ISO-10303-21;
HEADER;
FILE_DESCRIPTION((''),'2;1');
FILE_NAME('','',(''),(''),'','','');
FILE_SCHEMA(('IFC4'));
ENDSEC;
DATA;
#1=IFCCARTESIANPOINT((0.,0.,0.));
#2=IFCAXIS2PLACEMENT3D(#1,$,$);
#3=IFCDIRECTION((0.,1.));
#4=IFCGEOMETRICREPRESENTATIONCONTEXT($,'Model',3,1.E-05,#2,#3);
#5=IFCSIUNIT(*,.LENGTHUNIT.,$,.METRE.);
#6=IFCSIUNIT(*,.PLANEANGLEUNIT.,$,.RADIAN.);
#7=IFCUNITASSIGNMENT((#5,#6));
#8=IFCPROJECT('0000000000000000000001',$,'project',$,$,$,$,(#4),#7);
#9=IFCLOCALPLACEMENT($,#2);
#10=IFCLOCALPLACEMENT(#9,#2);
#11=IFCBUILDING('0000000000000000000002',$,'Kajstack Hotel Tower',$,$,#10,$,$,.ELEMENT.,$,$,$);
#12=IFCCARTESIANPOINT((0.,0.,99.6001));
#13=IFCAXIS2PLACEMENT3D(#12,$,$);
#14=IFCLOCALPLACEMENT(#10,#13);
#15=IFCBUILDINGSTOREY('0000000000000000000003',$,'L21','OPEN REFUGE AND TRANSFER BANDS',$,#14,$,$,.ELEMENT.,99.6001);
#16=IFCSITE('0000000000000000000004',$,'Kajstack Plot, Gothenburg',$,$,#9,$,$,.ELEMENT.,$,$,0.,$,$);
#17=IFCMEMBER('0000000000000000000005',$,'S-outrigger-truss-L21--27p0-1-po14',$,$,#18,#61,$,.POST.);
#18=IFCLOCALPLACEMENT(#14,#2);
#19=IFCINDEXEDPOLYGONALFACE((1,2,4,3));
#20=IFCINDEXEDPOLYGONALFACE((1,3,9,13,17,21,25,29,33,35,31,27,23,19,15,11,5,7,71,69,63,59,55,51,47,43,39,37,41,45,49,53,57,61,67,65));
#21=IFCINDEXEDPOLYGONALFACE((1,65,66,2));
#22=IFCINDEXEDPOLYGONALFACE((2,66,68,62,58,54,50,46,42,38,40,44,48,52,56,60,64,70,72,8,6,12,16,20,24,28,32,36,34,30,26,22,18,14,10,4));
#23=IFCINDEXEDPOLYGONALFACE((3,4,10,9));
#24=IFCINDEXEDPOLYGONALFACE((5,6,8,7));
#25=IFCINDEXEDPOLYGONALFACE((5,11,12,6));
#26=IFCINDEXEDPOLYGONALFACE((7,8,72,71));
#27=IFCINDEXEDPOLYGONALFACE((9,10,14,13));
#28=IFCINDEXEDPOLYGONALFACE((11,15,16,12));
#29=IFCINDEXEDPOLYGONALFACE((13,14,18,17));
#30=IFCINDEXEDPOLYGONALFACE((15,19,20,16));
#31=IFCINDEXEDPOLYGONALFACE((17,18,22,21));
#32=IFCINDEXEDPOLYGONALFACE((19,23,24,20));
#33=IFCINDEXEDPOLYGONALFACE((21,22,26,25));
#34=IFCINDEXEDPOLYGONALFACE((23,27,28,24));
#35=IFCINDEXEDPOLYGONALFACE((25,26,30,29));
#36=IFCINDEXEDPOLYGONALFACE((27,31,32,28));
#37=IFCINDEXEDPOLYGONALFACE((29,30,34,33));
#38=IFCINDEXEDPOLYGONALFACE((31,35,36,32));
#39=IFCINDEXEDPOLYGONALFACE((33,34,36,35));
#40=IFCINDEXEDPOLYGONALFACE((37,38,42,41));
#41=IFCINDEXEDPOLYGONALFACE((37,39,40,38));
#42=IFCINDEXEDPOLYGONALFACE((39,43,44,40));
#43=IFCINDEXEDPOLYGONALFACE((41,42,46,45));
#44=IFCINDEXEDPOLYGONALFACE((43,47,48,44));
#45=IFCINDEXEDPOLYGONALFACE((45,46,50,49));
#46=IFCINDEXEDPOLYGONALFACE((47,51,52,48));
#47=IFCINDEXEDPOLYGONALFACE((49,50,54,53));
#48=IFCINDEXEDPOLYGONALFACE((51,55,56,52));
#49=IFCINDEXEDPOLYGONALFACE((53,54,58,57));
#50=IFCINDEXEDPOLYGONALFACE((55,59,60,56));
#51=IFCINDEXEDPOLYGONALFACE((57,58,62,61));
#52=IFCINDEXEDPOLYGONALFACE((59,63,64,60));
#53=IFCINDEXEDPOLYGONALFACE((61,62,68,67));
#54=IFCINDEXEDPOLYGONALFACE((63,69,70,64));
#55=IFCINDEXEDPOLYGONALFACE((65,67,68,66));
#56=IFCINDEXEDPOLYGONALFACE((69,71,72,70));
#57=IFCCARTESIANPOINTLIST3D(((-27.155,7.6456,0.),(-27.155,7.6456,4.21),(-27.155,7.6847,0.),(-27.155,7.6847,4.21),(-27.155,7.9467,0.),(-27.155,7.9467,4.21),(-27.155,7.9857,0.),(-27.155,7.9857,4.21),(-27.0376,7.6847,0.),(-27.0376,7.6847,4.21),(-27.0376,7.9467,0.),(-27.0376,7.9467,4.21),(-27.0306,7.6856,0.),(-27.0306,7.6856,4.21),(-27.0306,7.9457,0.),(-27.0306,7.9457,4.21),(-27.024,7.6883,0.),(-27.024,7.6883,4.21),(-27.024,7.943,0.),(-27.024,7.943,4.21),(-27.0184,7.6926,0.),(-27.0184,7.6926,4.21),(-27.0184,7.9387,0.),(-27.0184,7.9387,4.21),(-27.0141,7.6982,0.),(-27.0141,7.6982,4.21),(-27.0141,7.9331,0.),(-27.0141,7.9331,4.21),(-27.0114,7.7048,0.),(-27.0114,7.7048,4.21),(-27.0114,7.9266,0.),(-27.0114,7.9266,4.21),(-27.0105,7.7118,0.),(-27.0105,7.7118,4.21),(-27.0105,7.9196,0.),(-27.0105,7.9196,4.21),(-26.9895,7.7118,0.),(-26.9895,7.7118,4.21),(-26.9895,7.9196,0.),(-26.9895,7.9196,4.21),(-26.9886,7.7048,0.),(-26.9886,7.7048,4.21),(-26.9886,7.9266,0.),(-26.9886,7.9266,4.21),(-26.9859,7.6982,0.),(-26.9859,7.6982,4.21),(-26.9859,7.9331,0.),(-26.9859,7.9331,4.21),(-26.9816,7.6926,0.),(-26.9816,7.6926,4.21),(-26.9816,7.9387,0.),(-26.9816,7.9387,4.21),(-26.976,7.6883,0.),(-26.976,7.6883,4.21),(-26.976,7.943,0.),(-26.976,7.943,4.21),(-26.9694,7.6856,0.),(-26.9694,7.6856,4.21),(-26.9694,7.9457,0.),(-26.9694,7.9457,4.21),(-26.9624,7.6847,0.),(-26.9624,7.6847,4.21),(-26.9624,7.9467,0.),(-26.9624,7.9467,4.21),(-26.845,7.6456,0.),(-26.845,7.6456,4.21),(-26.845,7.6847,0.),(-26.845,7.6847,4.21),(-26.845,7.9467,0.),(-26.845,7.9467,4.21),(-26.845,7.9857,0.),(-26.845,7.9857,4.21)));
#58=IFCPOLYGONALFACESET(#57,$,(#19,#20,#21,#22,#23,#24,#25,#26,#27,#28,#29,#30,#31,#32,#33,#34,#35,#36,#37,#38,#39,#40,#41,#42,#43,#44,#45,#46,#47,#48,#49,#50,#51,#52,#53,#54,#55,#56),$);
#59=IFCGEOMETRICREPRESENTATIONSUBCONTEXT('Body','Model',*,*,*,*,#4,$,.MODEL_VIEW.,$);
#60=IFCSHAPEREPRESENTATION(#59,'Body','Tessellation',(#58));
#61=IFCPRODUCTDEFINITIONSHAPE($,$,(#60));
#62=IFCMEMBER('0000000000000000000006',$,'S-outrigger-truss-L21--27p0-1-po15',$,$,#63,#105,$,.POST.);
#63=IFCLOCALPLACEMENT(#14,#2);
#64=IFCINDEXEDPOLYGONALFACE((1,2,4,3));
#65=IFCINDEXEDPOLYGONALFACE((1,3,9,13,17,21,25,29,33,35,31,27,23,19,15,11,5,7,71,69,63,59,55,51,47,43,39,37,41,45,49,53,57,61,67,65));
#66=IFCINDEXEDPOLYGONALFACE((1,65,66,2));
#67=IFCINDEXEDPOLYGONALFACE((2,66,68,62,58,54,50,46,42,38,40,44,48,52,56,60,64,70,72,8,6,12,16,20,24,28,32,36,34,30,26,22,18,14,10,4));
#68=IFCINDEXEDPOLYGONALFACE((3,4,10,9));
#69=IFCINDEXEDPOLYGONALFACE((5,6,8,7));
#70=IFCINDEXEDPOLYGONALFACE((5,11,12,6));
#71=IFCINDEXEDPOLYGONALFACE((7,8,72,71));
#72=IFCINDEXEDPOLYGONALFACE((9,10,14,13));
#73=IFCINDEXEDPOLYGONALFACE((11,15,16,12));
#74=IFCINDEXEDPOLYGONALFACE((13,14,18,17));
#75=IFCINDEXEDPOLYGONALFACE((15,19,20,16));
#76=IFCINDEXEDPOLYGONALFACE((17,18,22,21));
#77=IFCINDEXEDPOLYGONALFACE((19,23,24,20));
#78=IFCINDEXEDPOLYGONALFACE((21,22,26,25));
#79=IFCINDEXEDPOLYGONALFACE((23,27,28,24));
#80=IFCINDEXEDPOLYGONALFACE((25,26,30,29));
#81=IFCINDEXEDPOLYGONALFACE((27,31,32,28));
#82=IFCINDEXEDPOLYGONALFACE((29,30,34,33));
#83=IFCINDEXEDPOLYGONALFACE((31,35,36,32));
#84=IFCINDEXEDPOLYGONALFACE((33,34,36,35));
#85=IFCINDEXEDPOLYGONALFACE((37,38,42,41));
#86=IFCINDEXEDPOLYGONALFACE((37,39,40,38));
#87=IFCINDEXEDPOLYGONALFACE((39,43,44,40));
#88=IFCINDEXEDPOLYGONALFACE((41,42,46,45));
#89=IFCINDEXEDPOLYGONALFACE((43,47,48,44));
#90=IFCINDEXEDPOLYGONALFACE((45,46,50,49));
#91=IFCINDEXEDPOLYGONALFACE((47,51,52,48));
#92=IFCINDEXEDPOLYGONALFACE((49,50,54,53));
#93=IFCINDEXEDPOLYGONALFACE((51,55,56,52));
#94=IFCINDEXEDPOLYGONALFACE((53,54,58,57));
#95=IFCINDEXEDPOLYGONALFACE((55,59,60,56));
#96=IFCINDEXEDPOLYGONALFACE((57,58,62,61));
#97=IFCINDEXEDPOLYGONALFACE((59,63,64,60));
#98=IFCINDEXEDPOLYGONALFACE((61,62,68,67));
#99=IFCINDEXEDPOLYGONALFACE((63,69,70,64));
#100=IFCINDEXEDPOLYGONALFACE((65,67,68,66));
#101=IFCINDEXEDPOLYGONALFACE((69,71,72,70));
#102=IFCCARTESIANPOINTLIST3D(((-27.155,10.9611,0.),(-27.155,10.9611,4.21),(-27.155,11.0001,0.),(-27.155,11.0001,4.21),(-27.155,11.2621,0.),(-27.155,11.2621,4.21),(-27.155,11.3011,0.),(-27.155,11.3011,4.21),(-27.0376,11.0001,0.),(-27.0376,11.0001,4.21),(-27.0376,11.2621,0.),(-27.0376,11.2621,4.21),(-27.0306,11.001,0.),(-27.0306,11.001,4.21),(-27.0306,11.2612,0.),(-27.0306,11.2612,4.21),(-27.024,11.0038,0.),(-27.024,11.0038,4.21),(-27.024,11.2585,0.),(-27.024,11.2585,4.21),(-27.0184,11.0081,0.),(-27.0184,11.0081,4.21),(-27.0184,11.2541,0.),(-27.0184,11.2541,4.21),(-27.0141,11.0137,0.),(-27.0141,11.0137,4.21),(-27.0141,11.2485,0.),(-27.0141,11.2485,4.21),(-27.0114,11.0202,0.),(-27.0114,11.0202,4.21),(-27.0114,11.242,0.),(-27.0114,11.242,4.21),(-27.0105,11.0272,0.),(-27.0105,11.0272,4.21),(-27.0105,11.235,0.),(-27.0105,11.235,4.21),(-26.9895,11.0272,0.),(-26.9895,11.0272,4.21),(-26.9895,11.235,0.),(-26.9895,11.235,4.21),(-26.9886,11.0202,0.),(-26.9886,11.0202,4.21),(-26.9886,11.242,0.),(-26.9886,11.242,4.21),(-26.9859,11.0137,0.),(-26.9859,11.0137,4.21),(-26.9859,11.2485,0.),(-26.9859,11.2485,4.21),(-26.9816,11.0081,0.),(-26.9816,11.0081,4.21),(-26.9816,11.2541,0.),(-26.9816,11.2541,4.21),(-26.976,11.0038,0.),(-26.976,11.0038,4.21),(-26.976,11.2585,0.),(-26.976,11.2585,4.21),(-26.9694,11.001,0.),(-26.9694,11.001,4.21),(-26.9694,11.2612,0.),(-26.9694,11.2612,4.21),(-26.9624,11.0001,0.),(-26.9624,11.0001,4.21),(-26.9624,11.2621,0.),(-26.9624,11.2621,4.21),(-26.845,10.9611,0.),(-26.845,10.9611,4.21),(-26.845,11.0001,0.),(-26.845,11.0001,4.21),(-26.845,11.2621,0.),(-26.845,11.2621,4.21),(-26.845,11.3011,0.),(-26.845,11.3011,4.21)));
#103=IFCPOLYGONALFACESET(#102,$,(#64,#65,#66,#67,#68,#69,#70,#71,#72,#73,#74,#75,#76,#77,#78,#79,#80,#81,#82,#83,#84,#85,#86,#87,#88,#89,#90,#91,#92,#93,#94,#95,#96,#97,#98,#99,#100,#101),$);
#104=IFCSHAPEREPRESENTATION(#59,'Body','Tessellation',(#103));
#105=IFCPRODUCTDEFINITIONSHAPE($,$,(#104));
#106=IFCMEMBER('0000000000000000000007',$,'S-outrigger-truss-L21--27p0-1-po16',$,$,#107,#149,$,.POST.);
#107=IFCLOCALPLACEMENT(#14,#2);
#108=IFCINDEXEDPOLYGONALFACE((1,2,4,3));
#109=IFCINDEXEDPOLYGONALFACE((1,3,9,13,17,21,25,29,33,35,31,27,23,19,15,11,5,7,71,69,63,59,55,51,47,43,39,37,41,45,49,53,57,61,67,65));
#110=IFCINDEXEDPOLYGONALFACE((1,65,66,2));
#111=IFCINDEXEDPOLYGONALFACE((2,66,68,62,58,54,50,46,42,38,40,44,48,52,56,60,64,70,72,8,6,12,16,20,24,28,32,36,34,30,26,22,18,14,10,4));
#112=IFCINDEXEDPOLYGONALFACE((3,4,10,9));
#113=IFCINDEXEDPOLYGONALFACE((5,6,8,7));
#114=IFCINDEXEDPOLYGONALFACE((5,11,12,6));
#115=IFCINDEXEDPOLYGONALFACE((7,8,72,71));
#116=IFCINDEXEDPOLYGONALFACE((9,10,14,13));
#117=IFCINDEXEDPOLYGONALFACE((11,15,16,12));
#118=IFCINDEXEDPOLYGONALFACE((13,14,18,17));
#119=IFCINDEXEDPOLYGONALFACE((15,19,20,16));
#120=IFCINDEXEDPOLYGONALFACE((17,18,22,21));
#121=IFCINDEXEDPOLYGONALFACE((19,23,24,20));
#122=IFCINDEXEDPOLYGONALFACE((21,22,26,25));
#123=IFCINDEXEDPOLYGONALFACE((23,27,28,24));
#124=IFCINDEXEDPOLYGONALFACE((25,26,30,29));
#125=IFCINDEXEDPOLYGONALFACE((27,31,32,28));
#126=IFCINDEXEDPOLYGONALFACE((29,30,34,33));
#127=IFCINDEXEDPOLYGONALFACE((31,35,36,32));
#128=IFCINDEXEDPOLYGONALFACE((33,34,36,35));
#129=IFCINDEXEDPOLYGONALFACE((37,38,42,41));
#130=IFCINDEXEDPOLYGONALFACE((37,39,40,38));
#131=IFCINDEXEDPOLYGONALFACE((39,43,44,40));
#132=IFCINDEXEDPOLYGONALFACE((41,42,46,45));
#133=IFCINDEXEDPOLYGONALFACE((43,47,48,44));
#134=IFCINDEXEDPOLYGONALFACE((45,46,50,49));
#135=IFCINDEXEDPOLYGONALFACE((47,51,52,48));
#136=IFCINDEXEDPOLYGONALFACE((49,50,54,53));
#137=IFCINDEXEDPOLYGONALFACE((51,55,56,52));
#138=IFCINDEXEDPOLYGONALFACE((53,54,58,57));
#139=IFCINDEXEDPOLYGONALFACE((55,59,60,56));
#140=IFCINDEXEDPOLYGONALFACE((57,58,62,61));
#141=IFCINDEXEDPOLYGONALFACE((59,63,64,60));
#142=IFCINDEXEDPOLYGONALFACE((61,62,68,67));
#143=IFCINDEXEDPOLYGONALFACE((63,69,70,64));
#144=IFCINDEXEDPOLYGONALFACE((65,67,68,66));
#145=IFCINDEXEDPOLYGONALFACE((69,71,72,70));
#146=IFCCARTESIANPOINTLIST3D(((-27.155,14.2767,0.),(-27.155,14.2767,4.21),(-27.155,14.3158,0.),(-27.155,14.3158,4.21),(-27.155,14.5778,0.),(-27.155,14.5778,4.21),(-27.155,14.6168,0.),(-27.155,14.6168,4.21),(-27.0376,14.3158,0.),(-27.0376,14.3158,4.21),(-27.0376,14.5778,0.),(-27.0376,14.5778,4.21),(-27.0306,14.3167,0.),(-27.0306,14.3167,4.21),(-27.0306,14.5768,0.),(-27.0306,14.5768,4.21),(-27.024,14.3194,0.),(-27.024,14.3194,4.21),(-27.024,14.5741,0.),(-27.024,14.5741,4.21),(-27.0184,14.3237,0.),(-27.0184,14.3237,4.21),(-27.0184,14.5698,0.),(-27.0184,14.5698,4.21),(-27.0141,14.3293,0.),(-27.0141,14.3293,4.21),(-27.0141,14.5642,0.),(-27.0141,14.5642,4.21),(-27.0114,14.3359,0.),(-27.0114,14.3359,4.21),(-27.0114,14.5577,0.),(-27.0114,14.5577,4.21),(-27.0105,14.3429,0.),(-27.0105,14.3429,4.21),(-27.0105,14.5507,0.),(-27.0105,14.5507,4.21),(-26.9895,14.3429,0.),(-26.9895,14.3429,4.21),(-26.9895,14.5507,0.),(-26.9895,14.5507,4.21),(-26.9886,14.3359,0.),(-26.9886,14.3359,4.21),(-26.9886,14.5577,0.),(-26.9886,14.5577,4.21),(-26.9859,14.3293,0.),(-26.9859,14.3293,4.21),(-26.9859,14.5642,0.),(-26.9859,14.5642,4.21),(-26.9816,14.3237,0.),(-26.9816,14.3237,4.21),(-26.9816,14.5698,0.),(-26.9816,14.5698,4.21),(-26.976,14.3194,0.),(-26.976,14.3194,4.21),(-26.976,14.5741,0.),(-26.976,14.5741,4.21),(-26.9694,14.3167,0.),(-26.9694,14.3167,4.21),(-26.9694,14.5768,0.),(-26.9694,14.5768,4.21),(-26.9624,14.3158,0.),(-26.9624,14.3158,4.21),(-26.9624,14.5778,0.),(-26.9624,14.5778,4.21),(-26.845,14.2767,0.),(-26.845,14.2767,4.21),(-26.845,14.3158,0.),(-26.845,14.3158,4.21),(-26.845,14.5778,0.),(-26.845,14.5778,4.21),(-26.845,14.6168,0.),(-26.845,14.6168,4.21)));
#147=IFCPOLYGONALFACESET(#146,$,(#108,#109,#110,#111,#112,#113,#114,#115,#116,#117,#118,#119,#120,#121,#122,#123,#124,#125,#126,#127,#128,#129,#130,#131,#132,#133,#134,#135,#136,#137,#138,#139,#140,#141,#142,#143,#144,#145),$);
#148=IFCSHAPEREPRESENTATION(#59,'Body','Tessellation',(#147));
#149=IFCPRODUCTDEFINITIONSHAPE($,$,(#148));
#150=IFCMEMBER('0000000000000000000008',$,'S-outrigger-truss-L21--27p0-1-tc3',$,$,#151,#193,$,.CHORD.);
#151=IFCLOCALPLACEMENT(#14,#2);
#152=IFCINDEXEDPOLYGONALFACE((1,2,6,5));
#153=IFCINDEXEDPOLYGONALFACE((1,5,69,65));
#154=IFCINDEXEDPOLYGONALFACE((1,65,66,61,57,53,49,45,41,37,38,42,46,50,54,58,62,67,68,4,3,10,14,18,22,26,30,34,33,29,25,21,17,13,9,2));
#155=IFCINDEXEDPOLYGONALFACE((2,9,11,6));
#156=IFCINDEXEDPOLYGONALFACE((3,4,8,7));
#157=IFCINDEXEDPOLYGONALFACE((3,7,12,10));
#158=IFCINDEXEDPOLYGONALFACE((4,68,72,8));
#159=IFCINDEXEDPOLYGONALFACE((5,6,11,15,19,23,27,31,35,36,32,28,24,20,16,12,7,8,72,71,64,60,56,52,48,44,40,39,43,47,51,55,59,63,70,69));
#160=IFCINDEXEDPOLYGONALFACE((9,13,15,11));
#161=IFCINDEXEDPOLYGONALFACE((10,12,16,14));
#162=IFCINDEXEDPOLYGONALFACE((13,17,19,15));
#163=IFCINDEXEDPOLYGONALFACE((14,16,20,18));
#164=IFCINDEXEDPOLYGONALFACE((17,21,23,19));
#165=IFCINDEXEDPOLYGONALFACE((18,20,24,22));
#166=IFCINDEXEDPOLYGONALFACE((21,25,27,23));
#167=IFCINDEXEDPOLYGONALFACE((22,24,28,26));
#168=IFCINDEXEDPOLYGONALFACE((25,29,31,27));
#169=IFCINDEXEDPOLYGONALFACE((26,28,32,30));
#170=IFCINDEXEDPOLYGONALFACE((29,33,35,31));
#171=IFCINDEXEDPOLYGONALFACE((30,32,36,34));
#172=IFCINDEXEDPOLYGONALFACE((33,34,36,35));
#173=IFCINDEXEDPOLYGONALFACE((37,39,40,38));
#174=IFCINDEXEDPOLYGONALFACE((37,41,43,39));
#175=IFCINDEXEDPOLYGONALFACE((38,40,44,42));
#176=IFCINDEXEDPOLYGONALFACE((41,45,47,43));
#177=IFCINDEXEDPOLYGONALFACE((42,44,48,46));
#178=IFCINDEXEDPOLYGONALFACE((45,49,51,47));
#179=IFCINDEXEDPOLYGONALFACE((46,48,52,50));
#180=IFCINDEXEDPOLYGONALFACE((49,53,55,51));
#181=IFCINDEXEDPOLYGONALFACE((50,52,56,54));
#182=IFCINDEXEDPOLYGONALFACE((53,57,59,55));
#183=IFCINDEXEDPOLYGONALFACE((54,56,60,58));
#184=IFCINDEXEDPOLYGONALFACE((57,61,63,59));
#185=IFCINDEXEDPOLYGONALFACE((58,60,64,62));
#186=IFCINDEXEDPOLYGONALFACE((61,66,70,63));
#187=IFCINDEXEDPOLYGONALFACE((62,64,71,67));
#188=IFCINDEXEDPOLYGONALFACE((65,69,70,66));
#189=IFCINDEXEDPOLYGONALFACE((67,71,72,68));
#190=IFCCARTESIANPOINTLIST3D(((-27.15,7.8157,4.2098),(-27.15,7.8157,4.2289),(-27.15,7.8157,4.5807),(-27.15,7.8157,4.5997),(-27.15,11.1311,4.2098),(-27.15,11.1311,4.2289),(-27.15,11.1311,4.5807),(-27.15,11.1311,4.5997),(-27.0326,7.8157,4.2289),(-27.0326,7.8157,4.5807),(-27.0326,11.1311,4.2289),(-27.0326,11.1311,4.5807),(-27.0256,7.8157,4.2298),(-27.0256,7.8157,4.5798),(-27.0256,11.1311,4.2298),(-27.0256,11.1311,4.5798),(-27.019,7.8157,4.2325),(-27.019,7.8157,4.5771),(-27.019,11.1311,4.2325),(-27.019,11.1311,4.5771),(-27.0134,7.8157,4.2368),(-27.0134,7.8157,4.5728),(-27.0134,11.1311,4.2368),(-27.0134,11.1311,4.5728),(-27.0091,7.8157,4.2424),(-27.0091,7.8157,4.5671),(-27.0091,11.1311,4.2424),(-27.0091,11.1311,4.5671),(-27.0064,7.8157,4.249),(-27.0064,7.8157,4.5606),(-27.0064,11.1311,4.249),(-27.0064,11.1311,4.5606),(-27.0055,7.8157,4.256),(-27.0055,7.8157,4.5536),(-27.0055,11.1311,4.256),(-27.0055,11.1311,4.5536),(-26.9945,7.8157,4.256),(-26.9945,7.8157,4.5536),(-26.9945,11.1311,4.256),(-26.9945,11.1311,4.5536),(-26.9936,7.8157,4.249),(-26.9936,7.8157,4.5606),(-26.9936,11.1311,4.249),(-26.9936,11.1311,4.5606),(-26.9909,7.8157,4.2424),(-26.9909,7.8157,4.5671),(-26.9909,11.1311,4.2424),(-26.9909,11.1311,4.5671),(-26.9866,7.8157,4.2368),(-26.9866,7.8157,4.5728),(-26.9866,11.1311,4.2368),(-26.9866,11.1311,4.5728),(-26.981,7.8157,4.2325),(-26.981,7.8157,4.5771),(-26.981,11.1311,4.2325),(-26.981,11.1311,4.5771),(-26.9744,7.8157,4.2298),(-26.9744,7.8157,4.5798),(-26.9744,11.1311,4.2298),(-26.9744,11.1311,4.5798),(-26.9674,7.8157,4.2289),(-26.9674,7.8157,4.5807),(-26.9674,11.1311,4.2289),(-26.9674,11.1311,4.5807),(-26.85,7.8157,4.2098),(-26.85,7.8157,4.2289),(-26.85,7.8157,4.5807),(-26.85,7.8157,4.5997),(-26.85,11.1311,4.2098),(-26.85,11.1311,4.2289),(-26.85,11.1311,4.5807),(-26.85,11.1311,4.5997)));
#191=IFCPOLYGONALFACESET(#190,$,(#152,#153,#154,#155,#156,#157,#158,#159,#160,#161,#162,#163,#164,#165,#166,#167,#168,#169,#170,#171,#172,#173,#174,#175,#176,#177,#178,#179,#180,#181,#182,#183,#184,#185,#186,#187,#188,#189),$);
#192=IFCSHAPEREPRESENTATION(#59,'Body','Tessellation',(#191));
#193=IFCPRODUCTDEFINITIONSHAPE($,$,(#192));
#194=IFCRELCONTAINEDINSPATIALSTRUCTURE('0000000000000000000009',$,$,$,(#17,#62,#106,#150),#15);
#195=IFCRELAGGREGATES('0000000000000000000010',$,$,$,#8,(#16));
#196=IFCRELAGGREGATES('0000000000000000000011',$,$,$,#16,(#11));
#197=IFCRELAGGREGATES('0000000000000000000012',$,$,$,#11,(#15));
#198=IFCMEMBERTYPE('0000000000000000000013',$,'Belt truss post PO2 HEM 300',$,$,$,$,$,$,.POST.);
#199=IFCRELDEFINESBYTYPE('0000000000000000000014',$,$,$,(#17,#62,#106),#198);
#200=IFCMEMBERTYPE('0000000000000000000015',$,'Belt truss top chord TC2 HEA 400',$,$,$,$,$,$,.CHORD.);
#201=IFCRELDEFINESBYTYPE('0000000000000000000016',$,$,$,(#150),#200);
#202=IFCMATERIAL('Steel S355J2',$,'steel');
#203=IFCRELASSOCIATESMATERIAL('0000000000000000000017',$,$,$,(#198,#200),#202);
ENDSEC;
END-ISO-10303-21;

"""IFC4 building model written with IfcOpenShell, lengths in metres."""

from ifc_helpers import new_model, si_unit, direction, frame, origin, origin_2d, place, context, subcontext, project, spatial, i_section, extrude, material, material_profile, profile_set, type_object, element, save


model = new_model("IFC4")

# Units and contexts
model_context = context("Model", 3, precision=1e-05, world=origin(), true_north=direction((0.0, 1.0)))
body_context = subcontext(model_context, "Body", "Model", "MODEL_VIEW")
ifc_project = project(units=[si_unit("LENGTHUNIT", "METRE"), si_unit("PLANEANGLEUNIT", "RADIAN")], contexts=[model_context])

# Site, building, storey
site_placement = place(None, origin())
site = spatial("IfcSite", under=ifc_project, at=site_placement, Name="Kajstack Plot, Gothenburg", CompositionType="ELEMENT", RefElevation=0.0)
building_placement = place(site_placement, origin())
building = spatial("IfcBuilding", under=site, at=building_placement, Name="Kajstack Hotel Tower", CompositionType="ELEMENT")
storey_placement = place(building_placement, frame((0.0, 0.0, 99.6001)))
storey = spatial("IfcBuildingStorey", under=building, at=storey_placement, Name="L21", Description="OPEN REFUGE AND TRANSFER BANDS", CompositionType="ELEMENT", Elevation=99.6001)

# Members
ifc_material = material(Name="Steel S355J2", Category="steel")
ifc_material_profile_1 = material_profile(ifc_material, i_section(OverallWidth=0.3101, OverallDepth=0.3401, WebThickness=0.021, FlangeThickness=0.0391, FilletRadius=0.0271, at=origin_2d()), Name="HEM 300")
ifc_profile_set_1 = profile_set([ifc_material_profile_1], Name="Steel S355J2")
member_type_1 = type_object("IfcMemberType", Name="Belt truss post PO2 HEM 300", PredefinedType="POST", material=ifc_profile_set_1)
for number, where, z_axis, x_axis, name in (
    (1, (-27.0, 7.8157, 0.0), (0.0, 0.0, 1.0), (1.0, 0.0, 0.0), "S-outrigger-truss-L21--27p0-1-po14"),
    (2, (-27.0, 11.1311, 0.0), (0.0, 0.0, 1.0), (1.0, 0.0, 0.0), "S-outrigger-truss-L21--27p0-1-po15"),
    (3, (-27.0, 14.4468, 0.0), (0.0, 0.0, 1.0), (1.0, 0.0, 0.0), "S-outrigger-truss-L21--27p0-1-po16"),
):
    element("IfcMember", number, at=place(storey_placement, frame(where, z_axis=z_axis, x_axis=x_axis)), inside=storey, type_object=member_type_1, Name=name, PredefinedType="POST", context=body_context, shape_type="SweptSolid", body=[
        extrude(i_section(OverallWidth=0.3101, OverallDepth=0.3401, WebThickness=0.021, FlangeThickness=0.0391, FilletRadius=0.0271, at=origin_2d()), origin(), (0.0, 0.0, 1.0), 4.21),
    ])
ifc_material_profile_2 = material_profile(ifc_material, i_section(OverallWidth=0.3, OverallDepth=0.3899, WebThickness=0.011, FlangeThickness=0.019, FilletRadius=0.0271, at=origin_2d()), Name="HEA 400")
ifc_profile_set_2 = profile_set([ifc_material_profile_2], Name="Steel S355J2")
member_type_2 = type_object("IfcMemberType", Name="Belt truss top chord TC2 HEA 400", PredefinedType="CHORD", material=ifc_profile_set_2)
member_1_placement = place(storey_placement, frame((-27.0, 7.8157, 4.4048), z_axis=(0.0, 1.0, 0.0), x_axis=(-1.0, 0.0, 0.0)))
element("IfcMember", 4, at=member_1_placement, inside=storey, type_object=member_type_2, Name="S-outrigger-truss-L21--27p0-1-tc3", PredefinedType="CHORD", context=body_context, shape_type="SweptSolid", body=[
    extrude(i_section(OverallWidth=0.3, OverallDepth=0.3899, WebThickness=0.011, FlangeThickness=0.019, FilletRadius=0.0271, at=origin_2d()), origin(), (0.0, 0.0, 1.0), 3.3154),
])

save(model, "model.ifc")
